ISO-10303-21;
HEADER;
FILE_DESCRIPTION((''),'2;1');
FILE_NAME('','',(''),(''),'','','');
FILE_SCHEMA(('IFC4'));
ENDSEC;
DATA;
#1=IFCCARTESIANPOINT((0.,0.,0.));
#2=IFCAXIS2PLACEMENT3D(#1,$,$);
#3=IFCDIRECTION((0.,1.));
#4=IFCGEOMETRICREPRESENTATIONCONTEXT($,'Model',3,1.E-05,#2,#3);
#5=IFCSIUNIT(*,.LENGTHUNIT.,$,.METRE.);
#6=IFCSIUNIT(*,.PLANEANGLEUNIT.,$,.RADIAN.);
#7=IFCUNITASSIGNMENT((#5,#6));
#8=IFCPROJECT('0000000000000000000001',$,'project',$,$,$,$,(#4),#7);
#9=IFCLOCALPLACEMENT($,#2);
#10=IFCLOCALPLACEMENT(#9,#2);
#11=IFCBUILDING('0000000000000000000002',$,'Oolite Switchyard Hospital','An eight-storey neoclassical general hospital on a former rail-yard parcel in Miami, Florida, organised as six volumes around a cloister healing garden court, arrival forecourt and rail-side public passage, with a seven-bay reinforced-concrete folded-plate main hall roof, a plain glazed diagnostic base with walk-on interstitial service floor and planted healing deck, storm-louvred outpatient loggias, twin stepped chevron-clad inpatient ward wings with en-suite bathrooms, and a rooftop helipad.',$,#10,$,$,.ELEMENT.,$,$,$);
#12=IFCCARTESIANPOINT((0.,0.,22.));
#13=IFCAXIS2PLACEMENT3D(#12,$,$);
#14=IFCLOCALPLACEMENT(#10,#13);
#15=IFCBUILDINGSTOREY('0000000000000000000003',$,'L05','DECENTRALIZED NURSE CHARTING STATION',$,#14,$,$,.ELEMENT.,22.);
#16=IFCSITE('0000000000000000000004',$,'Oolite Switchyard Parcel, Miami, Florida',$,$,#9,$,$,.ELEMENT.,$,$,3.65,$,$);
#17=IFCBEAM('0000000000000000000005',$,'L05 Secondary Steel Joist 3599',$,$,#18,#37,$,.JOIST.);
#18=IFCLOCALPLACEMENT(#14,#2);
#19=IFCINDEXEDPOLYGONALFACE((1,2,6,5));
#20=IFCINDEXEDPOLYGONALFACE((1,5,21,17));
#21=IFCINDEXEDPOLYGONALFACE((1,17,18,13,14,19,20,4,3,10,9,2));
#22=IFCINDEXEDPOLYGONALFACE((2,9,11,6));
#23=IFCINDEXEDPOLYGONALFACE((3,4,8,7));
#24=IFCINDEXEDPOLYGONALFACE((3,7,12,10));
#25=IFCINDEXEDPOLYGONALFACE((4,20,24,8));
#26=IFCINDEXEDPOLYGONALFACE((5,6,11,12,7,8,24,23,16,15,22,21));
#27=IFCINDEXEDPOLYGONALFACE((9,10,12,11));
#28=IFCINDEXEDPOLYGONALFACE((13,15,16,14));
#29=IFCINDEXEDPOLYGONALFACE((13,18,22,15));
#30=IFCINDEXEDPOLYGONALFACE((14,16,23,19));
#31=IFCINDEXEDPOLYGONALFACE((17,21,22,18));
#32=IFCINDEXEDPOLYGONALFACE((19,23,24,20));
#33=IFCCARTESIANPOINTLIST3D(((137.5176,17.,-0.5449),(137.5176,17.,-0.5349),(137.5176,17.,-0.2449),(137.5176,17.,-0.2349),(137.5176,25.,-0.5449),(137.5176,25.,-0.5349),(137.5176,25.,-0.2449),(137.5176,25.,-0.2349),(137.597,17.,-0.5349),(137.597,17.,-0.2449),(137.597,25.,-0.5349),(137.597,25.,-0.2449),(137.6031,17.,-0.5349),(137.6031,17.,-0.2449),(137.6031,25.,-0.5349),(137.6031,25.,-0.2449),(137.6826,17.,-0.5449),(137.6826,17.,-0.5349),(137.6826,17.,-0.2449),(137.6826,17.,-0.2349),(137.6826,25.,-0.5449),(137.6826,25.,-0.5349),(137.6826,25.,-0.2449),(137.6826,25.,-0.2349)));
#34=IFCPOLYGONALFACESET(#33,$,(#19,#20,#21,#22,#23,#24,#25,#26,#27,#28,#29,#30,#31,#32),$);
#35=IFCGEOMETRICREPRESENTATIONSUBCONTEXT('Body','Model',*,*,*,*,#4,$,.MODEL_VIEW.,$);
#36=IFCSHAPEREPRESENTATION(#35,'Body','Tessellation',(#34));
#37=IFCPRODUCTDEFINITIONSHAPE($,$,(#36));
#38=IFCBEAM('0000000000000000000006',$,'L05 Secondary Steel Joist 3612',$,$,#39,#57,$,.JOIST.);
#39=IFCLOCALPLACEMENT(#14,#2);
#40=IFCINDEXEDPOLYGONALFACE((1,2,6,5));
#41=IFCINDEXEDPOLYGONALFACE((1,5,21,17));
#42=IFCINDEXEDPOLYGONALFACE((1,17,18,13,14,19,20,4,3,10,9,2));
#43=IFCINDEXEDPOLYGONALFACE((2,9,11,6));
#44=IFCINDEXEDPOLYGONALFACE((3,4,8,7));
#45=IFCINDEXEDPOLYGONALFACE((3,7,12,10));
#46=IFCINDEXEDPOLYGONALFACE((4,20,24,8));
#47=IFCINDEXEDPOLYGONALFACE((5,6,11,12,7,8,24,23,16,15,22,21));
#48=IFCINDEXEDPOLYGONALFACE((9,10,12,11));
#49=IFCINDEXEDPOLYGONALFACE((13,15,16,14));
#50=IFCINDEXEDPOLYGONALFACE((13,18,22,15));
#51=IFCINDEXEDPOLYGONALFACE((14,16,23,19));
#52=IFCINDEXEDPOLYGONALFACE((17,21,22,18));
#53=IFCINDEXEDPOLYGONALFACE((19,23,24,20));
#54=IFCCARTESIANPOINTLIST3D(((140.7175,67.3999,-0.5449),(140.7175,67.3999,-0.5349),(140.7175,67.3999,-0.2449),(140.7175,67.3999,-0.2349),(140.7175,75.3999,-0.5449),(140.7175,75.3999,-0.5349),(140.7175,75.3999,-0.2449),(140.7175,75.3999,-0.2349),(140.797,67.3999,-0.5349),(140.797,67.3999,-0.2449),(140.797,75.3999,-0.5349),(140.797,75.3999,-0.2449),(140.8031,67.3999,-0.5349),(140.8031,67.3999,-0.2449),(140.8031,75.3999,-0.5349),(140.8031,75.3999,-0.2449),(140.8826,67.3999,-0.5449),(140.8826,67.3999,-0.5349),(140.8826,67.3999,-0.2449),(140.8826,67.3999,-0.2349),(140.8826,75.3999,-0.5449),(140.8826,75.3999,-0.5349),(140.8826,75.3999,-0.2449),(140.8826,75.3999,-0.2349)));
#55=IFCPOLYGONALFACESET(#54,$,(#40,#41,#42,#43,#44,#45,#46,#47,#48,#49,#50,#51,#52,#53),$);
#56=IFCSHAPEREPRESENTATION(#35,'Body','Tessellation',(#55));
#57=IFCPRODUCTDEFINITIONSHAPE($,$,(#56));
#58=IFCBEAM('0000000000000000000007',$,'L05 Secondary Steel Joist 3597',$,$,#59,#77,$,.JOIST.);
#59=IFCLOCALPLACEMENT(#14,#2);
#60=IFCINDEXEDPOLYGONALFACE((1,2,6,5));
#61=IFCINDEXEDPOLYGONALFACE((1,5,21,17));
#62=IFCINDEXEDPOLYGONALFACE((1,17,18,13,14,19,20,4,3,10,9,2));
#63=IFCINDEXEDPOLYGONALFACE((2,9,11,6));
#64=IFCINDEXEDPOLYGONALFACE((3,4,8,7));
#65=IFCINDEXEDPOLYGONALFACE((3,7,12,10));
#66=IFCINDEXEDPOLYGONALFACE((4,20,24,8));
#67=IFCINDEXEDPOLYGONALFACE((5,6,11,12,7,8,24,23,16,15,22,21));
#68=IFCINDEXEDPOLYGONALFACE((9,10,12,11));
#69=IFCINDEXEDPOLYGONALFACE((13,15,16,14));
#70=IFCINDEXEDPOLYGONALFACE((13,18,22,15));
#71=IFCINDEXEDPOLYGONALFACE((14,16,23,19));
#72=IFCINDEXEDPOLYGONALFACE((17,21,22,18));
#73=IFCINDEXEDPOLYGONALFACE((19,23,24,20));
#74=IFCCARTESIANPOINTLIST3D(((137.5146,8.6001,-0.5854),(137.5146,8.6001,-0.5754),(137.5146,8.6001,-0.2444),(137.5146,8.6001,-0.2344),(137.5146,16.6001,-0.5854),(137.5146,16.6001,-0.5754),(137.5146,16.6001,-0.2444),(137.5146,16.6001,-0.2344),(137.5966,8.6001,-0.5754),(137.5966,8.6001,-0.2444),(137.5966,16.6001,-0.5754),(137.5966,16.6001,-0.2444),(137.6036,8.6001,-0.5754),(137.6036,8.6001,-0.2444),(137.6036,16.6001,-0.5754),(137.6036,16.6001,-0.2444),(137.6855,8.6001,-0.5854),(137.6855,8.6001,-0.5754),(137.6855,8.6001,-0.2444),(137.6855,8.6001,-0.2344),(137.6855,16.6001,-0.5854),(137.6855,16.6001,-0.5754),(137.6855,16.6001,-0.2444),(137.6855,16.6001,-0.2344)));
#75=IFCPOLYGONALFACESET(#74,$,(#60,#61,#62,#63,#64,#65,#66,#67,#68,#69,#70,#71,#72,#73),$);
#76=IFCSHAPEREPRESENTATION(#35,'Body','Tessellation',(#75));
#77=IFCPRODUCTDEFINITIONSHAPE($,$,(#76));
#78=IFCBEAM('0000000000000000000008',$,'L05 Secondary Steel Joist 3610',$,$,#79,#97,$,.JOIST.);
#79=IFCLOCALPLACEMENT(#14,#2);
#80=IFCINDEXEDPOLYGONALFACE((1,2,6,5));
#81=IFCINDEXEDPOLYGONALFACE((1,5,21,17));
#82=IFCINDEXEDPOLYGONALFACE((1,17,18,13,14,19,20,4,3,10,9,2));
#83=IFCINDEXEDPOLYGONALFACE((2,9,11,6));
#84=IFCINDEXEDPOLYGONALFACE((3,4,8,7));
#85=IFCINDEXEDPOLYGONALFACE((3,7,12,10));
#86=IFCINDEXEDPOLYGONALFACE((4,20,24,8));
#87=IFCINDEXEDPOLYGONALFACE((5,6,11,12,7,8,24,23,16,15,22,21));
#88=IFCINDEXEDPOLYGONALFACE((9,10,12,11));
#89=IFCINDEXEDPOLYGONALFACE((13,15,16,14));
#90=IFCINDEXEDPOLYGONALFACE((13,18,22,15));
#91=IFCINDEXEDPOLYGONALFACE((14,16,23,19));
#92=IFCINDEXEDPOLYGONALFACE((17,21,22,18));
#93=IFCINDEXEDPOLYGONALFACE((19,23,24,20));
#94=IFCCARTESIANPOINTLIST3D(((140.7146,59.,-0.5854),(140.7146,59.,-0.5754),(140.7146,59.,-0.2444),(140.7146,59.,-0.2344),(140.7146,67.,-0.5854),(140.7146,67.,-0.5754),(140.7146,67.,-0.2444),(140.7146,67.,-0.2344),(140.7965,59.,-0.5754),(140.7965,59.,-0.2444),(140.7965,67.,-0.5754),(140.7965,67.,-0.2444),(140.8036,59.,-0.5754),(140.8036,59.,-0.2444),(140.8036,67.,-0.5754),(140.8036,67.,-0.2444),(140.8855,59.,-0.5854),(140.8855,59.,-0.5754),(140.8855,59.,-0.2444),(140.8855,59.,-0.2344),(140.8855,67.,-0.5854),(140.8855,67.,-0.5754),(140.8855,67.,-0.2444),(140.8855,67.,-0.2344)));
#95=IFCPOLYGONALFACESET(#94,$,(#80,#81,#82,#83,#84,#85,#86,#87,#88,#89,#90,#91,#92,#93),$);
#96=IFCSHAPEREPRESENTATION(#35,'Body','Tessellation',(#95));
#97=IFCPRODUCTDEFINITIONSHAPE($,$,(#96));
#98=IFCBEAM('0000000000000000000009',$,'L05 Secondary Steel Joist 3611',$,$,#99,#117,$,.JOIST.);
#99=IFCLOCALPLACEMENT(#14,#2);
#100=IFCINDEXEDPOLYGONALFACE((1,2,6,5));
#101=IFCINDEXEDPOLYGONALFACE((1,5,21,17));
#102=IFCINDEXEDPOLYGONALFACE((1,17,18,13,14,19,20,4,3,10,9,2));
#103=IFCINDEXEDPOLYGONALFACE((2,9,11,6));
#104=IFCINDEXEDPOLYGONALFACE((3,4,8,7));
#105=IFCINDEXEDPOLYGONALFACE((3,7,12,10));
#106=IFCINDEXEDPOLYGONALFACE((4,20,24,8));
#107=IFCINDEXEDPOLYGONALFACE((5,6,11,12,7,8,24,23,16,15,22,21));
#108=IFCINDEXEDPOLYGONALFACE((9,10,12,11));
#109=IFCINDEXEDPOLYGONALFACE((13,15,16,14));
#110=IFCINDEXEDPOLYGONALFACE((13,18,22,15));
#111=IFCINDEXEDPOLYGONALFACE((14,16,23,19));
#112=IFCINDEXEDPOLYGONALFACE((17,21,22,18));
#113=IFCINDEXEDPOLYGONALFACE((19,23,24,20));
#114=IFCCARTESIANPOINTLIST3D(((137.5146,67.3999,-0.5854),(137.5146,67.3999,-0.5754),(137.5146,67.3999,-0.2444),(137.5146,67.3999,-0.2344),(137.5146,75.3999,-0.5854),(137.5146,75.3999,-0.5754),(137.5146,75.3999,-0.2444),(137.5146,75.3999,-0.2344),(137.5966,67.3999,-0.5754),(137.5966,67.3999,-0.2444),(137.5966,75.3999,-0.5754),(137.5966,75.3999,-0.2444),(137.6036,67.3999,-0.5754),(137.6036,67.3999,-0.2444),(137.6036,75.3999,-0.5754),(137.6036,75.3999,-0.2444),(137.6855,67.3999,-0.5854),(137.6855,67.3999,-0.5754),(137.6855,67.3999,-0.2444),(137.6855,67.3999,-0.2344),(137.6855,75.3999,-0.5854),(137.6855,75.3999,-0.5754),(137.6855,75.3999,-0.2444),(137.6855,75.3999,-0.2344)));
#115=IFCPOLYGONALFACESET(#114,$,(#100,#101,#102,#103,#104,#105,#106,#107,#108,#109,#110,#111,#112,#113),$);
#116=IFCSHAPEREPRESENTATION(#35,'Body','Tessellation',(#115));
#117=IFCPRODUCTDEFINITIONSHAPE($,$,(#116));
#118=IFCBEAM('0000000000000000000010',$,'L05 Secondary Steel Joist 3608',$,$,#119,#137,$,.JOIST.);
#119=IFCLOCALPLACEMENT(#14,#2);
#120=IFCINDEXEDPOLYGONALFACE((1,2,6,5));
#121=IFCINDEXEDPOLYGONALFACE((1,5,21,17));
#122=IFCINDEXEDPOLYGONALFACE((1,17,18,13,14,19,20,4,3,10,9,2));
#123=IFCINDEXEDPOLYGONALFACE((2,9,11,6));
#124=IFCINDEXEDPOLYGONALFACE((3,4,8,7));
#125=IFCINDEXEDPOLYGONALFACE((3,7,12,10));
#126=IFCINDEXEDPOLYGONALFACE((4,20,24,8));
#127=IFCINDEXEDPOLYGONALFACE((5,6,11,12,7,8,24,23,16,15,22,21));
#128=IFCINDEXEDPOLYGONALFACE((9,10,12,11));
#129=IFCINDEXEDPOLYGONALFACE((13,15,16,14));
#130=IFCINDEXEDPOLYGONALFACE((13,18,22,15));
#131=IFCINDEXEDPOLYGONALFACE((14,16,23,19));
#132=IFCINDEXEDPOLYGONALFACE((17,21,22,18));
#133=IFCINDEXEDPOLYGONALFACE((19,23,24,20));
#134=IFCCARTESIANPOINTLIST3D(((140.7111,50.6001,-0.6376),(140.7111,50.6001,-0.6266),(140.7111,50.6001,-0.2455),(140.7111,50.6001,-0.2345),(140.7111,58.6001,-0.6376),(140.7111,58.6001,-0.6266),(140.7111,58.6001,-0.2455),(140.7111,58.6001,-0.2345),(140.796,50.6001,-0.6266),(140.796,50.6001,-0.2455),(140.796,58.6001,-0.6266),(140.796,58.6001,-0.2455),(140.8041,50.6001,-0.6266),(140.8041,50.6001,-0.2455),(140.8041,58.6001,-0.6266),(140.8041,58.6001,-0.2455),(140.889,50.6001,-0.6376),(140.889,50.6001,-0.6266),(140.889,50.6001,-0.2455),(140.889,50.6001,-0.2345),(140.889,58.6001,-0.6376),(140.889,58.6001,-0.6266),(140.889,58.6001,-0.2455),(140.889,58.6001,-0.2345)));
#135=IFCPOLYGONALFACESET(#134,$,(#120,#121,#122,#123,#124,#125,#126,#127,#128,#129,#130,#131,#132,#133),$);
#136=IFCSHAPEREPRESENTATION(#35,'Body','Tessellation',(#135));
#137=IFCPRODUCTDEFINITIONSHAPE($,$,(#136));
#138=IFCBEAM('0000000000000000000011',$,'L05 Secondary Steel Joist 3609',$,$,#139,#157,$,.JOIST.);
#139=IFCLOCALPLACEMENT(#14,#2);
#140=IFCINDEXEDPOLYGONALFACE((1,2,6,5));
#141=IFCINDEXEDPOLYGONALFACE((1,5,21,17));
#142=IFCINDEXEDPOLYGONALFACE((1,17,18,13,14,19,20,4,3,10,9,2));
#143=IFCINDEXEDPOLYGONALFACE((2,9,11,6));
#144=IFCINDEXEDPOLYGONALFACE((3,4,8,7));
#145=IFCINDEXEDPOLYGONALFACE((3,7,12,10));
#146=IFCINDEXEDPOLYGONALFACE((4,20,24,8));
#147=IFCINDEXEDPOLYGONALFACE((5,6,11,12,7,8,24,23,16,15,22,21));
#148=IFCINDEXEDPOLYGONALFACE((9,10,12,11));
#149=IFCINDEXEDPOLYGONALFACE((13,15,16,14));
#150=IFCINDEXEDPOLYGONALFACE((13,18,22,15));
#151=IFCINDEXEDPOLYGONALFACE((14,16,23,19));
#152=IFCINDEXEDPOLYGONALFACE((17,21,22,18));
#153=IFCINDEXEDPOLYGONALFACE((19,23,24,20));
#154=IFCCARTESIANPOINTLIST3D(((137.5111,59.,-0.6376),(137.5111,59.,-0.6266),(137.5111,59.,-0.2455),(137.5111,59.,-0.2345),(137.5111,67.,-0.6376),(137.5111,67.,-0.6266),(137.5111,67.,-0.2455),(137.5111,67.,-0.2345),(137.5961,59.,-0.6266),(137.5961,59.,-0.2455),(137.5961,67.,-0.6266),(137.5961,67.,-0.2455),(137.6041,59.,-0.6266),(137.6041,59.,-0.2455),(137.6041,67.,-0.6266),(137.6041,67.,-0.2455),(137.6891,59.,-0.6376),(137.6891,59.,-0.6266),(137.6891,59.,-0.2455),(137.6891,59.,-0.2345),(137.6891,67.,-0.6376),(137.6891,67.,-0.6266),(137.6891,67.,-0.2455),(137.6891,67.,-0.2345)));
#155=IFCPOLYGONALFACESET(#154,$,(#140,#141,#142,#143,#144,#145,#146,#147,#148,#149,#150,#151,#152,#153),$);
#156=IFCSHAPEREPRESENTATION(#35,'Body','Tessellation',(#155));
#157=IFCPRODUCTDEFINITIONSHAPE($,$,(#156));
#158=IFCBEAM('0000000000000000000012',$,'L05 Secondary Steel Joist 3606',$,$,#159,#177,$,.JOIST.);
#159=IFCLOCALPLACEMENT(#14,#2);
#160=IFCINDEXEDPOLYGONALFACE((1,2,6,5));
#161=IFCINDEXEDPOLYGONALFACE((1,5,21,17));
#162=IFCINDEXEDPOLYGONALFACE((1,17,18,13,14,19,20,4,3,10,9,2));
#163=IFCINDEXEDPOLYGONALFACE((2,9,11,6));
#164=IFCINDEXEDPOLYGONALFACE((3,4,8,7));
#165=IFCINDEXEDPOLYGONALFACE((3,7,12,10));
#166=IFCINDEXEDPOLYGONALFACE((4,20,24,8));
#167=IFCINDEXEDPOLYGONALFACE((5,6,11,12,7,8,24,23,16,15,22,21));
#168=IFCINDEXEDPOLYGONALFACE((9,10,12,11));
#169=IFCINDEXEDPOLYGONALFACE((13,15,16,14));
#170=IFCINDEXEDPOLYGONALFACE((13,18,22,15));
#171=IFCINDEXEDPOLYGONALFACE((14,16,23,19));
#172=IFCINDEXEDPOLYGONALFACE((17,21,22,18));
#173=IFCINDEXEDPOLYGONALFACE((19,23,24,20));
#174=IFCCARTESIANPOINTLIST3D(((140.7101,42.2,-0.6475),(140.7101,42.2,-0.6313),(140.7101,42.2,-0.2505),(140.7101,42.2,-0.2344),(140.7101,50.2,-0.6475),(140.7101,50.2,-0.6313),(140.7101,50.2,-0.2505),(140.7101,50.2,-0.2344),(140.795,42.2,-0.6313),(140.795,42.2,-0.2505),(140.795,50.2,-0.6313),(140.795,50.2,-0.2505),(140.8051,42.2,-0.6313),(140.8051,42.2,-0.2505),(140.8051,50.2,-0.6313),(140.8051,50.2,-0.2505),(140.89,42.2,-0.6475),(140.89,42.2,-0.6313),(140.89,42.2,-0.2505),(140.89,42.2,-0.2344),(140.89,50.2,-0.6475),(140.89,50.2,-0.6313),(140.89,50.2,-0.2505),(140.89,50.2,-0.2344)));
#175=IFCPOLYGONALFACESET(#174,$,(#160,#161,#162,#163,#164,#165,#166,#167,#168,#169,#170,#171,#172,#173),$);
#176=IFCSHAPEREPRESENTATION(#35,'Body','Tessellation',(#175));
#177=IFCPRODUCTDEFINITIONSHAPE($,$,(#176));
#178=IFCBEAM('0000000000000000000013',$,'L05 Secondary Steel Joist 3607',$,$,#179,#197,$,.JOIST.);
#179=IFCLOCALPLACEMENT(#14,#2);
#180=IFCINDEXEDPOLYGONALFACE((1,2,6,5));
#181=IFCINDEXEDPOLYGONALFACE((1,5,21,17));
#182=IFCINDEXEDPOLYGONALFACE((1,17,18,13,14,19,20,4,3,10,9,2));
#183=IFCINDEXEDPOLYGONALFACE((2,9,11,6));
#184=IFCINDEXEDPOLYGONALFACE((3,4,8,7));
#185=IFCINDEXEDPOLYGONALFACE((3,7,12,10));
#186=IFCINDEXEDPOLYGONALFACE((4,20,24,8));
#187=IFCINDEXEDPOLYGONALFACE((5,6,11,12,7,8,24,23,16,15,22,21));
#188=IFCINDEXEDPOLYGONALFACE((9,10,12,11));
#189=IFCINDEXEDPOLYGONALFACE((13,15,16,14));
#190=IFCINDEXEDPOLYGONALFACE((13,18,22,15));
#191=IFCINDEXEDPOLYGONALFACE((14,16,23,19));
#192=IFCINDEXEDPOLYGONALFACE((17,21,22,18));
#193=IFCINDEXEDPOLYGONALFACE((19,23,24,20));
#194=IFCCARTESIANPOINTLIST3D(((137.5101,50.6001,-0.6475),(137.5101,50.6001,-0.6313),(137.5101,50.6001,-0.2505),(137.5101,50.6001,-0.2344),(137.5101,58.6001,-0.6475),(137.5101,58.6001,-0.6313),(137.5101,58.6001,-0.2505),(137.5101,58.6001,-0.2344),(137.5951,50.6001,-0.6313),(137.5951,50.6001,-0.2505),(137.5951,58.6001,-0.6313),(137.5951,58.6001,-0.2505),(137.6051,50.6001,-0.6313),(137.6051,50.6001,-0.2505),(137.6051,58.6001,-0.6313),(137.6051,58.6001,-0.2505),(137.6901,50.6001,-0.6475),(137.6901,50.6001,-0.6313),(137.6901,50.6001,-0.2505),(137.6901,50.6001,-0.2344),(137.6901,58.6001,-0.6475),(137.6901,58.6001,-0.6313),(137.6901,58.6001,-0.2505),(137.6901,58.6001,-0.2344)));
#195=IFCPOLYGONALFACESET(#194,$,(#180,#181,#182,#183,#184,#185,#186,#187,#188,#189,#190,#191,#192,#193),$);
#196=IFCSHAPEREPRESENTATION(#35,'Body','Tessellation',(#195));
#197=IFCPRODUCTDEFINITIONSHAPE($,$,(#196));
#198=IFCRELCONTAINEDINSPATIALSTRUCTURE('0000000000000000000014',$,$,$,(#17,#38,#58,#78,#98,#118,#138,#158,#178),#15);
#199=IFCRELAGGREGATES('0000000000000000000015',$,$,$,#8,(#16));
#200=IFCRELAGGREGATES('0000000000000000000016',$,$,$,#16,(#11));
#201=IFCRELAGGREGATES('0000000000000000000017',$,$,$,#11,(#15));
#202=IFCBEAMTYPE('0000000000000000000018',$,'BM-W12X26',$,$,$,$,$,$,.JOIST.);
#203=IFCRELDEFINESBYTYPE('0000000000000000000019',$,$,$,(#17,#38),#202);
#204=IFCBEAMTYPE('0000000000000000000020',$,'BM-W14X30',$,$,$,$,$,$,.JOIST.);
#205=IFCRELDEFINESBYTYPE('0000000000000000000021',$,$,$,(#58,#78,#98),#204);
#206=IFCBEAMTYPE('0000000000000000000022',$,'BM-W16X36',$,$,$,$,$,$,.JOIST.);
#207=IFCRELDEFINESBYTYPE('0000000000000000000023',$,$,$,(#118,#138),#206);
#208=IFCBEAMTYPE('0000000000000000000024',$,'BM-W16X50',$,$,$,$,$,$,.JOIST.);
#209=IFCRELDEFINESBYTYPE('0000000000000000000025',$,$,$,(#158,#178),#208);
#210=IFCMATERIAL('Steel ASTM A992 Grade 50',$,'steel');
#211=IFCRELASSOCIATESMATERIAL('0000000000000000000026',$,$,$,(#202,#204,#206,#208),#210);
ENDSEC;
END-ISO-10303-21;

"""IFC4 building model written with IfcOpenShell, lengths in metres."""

from ifc_helpers import new_model, si_unit, direction, frame, origin, origin_2d, place, context, subcontext, project, spatial, i_section, extrude, material, material_profile, profile_set, type_object, element, save


model = new_model("IFC4")

# Units and contexts
model_context = context("Model", 3, precision=1e-05, world=origin(), true_north=direction((0.0, 1.0)))
body_context = subcontext(model_context, "Body", "Model", "MODEL_VIEW")
ifc_project = project(units=[si_unit("LENGTHUNIT", "METRE"), si_unit("PLANEANGLEUNIT", "RADIAN")], contexts=[model_context])

# Site, building, storey
site_placement = place(None, origin())
site = spatial("IfcSite", under=ifc_project, at=site_placement, Name="Oolite Switchyard Parcel, Miami, Florida", CompositionType="ELEMENT", RefElevation=3.65)
building_placement = place(site_placement, origin())
building = spatial("IfcBuilding", under=site, at=building_placement, Name="Oolite Switchyard Hospital", Description="An eight-storey neoclassical general hospital on a former rail-yard parcel in Miami, Florida, organised as six volumes around a cloister healing garden court, arrival forecourt and rail-side public passage, with a seven-bay reinforced-concrete folded-plate main hall roof, a plain glazed diagnostic base with walk-on interstitial service floor and planted healing deck, storm-louvred outpatient loggias, twin stepped chevron-clad inpatient ward wings with en-suite bathrooms, and a rooftop helipad.", CompositionType="ELEMENT")
storey_placement = place(building_placement, frame((0.0, 0.0, 22.0)))
storey = spatial("IfcBuildingStorey", under=building, at=storey_placement, Name="L05", Description="DECENTRALIZED NURSE CHARTING STATION", CompositionType="ELEMENT", Elevation=22.0)

# Beams
ifc_material_1 = material(Name="Steel ASTM A992 Grade 50", Category="steel")
ifc_material_profile_1 = material_profile(ifc_material_1, i_section(OverallWidth=0.165, OverallDepth=0.3101, WebThickness=0.0061, FlangeThickness=0.01, at=origin_2d()), Name="W12X26")
ifc_profile_set_1 = profile_set([ifc_material_profile_1], Name="Steel ASTM A992 Grade 50")
beam_type_1 = type_object("IfcBeamType", Name="BM-W12X26", PredefinedType="JOIST", material=ifc_profile_set_1)
for number, where, z_axis, x_axis, name in (
    (1, (137.6001, 17.0, -0.3899), (0.0, 1.0, 0.0), (-1.0, 0.0, 0.0), "L05 Secondary Steel Joist 3599"),
    (2, (140.8, 67.3999, -0.3899), (0.0, 1.0, 0.0), (-1.0, 0.0, 0.0), "L05 Secondary Steel Joist 3612"),
):
    element("IfcBeam", number, at=place(storey_placement, frame(where, z_axis=z_axis, x_axis=x_axis)), inside=storey, type_object=beam_type_1, Name=name, PredefinedType="JOIST", context=body_context, shape_type="SweptSolid", body=[
        extrude(i_section(OverallWidth=0.165, OverallDepth=0.3101, WebThickness=0.0061, FlangeThickness=0.01, at=origin_2d()), origin(), (0.0, 0.0, 1.0), 8.0),
    ])
ifc_material_profile_2 = material_profile(ifc_material_1, i_section(OverallWidth=0.1709, OverallDepth=0.3511, WebThickness=0.0071, FlangeThickness=0.01, at=origin_2d()), Name="W14X30")
ifc_profile_set_2 = profile_set([ifc_material_profile_2], Name="Steel ASTM A992 Grade 50")
beam_type_2 = type_object("IfcBeamType", Name="BM-W14X30", PredefinedType="JOIST", material=ifc_profile_set_2)
for number, where, z_axis, x_axis, name in (
    (3, (137.6001, 8.6001, -0.4099), (0.0, 1.0, 0.0), (-1.0, 0.0, 0.0), "L05 Secondary Steel Joist 3597"),
    (4, (140.8, 59.0, -0.4099), (0.0, 1.0, 0.0), (-1.0, 0.0, 0.0), "L05 Secondary Steel Joist 3610"),
    (5, (137.6001, 67.3999, -0.4099), (0.0, 1.0, 0.0), (-1.0, 0.0, 0.0), "L05 Secondary Steel Joist 3611"),
):
    element("IfcBeam", number, at=place(storey_placement, frame(where, z_axis=z_axis, x_axis=x_axis)), inside=storey, type_object=beam_type_2, Name=name, PredefinedType="JOIST", context=body_context, shape_type="SweptSolid", body=[
        extrude(i_section(OverallWidth=0.1709, OverallDepth=0.3511, WebThickness=0.0071, FlangeThickness=0.01, at=origin_2d()), origin(), (0.0, 0.0, 1.0), 8.0),
    ])
ifc_material_profile_3 = material_profile(ifc_material_1, i_section(OverallWidth=0.178, OverallDepth=0.4031, WebThickness=0.0081, FlangeThickness=0.011, at=origin_2d()), Name="W16X36")
ifc_profile_set_3 = profile_set([ifc_material_profile_3], Name="Steel ASTM A992 Grade 50")
beam_type_3 = type_object("IfcBeamType", Name="BM-W16X36", PredefinedType="JOIST", material=ifc_profile_set_3)
for number, where, z_axis, x_axis, name in (
    (6, (140.8, 50.6001, -0.436), (0.0, 1.0, 0.0), (-1.0, 0.0, 0.0), "L05 Secondary Steel Joist 3608"),
    (7, (137.6001, 59.0, -0.436), (0.0, 1.0, 0.0), (-1.0, 0.0, 0.0), "L05 Secondary Steel Joist 3609"),
):
    element("IfcBeam", number, at=place(storey_placement, frame(where, z_axis=z_axis, x_axis=x_axis)), inside=storey, type_object=beam_type_3, Name=name, PredefinedType="JOIST", context=body_context, shape_type="SweptSolid", body=[
        extrude(i_section(OverallWidth=0.178, OverallDepth=0.4031, WebThickness=0.0081, FlangeThickness=0.011, at=origin_2d()), origin(), (0.0, 0.0, 1.0), 8.0),
    ])
ifc_material_profile_4 = material_profile(ifc_material_1, i_section(OverallWidth=0.1799, OverallDepth=0.4131, WebThickness=0.01, FlangeThickness=0.0161, at=origin_2d()), Name="W16X50")
ifc_profile_set_4 = profile_set([ifc_material_profile_4], Name="Steel ASTM A992 Grade 50")
beam_type_4 = type_object("IfcBeamType", Name="BM-W16X50", PredefinedType="JOIST", material=ifc_profile_set_4)
for number, where, z_axis, x_axis, name in (
    (8, (140.8, 42.2, -0.4409), (0.0, 1.0, 0.0), (-1.0, 0.0, 0.0), "L05 Secondary Steel Joist 3606"),
    (9, (137.6001, 50.6001, -0.4409), (0.0, 1.0, 0.0), (-1.0, 0.0, 0.0), "L05 Secondary Steel Joist 3607"),
):
    element("IfcBeam", number, at=place(storey_placement, frame(where, z_axis=z_axis, x_axis=x_axis)), inside=storey, type_object=beam_type_4, Name=name, PredefinedType="JOIST", context=body_context, shape_type="SweptSolid", body=[
        extrude(i_section(OverallWidth=0.1799, OverallDepth=0.4131, WebThickness=0.01, FlangeThickness=0.0161, at=origin_2d()), origin(), (0.0, 0.0, 1.0), 8.0),
    ])

save(model, "model.ifc")
